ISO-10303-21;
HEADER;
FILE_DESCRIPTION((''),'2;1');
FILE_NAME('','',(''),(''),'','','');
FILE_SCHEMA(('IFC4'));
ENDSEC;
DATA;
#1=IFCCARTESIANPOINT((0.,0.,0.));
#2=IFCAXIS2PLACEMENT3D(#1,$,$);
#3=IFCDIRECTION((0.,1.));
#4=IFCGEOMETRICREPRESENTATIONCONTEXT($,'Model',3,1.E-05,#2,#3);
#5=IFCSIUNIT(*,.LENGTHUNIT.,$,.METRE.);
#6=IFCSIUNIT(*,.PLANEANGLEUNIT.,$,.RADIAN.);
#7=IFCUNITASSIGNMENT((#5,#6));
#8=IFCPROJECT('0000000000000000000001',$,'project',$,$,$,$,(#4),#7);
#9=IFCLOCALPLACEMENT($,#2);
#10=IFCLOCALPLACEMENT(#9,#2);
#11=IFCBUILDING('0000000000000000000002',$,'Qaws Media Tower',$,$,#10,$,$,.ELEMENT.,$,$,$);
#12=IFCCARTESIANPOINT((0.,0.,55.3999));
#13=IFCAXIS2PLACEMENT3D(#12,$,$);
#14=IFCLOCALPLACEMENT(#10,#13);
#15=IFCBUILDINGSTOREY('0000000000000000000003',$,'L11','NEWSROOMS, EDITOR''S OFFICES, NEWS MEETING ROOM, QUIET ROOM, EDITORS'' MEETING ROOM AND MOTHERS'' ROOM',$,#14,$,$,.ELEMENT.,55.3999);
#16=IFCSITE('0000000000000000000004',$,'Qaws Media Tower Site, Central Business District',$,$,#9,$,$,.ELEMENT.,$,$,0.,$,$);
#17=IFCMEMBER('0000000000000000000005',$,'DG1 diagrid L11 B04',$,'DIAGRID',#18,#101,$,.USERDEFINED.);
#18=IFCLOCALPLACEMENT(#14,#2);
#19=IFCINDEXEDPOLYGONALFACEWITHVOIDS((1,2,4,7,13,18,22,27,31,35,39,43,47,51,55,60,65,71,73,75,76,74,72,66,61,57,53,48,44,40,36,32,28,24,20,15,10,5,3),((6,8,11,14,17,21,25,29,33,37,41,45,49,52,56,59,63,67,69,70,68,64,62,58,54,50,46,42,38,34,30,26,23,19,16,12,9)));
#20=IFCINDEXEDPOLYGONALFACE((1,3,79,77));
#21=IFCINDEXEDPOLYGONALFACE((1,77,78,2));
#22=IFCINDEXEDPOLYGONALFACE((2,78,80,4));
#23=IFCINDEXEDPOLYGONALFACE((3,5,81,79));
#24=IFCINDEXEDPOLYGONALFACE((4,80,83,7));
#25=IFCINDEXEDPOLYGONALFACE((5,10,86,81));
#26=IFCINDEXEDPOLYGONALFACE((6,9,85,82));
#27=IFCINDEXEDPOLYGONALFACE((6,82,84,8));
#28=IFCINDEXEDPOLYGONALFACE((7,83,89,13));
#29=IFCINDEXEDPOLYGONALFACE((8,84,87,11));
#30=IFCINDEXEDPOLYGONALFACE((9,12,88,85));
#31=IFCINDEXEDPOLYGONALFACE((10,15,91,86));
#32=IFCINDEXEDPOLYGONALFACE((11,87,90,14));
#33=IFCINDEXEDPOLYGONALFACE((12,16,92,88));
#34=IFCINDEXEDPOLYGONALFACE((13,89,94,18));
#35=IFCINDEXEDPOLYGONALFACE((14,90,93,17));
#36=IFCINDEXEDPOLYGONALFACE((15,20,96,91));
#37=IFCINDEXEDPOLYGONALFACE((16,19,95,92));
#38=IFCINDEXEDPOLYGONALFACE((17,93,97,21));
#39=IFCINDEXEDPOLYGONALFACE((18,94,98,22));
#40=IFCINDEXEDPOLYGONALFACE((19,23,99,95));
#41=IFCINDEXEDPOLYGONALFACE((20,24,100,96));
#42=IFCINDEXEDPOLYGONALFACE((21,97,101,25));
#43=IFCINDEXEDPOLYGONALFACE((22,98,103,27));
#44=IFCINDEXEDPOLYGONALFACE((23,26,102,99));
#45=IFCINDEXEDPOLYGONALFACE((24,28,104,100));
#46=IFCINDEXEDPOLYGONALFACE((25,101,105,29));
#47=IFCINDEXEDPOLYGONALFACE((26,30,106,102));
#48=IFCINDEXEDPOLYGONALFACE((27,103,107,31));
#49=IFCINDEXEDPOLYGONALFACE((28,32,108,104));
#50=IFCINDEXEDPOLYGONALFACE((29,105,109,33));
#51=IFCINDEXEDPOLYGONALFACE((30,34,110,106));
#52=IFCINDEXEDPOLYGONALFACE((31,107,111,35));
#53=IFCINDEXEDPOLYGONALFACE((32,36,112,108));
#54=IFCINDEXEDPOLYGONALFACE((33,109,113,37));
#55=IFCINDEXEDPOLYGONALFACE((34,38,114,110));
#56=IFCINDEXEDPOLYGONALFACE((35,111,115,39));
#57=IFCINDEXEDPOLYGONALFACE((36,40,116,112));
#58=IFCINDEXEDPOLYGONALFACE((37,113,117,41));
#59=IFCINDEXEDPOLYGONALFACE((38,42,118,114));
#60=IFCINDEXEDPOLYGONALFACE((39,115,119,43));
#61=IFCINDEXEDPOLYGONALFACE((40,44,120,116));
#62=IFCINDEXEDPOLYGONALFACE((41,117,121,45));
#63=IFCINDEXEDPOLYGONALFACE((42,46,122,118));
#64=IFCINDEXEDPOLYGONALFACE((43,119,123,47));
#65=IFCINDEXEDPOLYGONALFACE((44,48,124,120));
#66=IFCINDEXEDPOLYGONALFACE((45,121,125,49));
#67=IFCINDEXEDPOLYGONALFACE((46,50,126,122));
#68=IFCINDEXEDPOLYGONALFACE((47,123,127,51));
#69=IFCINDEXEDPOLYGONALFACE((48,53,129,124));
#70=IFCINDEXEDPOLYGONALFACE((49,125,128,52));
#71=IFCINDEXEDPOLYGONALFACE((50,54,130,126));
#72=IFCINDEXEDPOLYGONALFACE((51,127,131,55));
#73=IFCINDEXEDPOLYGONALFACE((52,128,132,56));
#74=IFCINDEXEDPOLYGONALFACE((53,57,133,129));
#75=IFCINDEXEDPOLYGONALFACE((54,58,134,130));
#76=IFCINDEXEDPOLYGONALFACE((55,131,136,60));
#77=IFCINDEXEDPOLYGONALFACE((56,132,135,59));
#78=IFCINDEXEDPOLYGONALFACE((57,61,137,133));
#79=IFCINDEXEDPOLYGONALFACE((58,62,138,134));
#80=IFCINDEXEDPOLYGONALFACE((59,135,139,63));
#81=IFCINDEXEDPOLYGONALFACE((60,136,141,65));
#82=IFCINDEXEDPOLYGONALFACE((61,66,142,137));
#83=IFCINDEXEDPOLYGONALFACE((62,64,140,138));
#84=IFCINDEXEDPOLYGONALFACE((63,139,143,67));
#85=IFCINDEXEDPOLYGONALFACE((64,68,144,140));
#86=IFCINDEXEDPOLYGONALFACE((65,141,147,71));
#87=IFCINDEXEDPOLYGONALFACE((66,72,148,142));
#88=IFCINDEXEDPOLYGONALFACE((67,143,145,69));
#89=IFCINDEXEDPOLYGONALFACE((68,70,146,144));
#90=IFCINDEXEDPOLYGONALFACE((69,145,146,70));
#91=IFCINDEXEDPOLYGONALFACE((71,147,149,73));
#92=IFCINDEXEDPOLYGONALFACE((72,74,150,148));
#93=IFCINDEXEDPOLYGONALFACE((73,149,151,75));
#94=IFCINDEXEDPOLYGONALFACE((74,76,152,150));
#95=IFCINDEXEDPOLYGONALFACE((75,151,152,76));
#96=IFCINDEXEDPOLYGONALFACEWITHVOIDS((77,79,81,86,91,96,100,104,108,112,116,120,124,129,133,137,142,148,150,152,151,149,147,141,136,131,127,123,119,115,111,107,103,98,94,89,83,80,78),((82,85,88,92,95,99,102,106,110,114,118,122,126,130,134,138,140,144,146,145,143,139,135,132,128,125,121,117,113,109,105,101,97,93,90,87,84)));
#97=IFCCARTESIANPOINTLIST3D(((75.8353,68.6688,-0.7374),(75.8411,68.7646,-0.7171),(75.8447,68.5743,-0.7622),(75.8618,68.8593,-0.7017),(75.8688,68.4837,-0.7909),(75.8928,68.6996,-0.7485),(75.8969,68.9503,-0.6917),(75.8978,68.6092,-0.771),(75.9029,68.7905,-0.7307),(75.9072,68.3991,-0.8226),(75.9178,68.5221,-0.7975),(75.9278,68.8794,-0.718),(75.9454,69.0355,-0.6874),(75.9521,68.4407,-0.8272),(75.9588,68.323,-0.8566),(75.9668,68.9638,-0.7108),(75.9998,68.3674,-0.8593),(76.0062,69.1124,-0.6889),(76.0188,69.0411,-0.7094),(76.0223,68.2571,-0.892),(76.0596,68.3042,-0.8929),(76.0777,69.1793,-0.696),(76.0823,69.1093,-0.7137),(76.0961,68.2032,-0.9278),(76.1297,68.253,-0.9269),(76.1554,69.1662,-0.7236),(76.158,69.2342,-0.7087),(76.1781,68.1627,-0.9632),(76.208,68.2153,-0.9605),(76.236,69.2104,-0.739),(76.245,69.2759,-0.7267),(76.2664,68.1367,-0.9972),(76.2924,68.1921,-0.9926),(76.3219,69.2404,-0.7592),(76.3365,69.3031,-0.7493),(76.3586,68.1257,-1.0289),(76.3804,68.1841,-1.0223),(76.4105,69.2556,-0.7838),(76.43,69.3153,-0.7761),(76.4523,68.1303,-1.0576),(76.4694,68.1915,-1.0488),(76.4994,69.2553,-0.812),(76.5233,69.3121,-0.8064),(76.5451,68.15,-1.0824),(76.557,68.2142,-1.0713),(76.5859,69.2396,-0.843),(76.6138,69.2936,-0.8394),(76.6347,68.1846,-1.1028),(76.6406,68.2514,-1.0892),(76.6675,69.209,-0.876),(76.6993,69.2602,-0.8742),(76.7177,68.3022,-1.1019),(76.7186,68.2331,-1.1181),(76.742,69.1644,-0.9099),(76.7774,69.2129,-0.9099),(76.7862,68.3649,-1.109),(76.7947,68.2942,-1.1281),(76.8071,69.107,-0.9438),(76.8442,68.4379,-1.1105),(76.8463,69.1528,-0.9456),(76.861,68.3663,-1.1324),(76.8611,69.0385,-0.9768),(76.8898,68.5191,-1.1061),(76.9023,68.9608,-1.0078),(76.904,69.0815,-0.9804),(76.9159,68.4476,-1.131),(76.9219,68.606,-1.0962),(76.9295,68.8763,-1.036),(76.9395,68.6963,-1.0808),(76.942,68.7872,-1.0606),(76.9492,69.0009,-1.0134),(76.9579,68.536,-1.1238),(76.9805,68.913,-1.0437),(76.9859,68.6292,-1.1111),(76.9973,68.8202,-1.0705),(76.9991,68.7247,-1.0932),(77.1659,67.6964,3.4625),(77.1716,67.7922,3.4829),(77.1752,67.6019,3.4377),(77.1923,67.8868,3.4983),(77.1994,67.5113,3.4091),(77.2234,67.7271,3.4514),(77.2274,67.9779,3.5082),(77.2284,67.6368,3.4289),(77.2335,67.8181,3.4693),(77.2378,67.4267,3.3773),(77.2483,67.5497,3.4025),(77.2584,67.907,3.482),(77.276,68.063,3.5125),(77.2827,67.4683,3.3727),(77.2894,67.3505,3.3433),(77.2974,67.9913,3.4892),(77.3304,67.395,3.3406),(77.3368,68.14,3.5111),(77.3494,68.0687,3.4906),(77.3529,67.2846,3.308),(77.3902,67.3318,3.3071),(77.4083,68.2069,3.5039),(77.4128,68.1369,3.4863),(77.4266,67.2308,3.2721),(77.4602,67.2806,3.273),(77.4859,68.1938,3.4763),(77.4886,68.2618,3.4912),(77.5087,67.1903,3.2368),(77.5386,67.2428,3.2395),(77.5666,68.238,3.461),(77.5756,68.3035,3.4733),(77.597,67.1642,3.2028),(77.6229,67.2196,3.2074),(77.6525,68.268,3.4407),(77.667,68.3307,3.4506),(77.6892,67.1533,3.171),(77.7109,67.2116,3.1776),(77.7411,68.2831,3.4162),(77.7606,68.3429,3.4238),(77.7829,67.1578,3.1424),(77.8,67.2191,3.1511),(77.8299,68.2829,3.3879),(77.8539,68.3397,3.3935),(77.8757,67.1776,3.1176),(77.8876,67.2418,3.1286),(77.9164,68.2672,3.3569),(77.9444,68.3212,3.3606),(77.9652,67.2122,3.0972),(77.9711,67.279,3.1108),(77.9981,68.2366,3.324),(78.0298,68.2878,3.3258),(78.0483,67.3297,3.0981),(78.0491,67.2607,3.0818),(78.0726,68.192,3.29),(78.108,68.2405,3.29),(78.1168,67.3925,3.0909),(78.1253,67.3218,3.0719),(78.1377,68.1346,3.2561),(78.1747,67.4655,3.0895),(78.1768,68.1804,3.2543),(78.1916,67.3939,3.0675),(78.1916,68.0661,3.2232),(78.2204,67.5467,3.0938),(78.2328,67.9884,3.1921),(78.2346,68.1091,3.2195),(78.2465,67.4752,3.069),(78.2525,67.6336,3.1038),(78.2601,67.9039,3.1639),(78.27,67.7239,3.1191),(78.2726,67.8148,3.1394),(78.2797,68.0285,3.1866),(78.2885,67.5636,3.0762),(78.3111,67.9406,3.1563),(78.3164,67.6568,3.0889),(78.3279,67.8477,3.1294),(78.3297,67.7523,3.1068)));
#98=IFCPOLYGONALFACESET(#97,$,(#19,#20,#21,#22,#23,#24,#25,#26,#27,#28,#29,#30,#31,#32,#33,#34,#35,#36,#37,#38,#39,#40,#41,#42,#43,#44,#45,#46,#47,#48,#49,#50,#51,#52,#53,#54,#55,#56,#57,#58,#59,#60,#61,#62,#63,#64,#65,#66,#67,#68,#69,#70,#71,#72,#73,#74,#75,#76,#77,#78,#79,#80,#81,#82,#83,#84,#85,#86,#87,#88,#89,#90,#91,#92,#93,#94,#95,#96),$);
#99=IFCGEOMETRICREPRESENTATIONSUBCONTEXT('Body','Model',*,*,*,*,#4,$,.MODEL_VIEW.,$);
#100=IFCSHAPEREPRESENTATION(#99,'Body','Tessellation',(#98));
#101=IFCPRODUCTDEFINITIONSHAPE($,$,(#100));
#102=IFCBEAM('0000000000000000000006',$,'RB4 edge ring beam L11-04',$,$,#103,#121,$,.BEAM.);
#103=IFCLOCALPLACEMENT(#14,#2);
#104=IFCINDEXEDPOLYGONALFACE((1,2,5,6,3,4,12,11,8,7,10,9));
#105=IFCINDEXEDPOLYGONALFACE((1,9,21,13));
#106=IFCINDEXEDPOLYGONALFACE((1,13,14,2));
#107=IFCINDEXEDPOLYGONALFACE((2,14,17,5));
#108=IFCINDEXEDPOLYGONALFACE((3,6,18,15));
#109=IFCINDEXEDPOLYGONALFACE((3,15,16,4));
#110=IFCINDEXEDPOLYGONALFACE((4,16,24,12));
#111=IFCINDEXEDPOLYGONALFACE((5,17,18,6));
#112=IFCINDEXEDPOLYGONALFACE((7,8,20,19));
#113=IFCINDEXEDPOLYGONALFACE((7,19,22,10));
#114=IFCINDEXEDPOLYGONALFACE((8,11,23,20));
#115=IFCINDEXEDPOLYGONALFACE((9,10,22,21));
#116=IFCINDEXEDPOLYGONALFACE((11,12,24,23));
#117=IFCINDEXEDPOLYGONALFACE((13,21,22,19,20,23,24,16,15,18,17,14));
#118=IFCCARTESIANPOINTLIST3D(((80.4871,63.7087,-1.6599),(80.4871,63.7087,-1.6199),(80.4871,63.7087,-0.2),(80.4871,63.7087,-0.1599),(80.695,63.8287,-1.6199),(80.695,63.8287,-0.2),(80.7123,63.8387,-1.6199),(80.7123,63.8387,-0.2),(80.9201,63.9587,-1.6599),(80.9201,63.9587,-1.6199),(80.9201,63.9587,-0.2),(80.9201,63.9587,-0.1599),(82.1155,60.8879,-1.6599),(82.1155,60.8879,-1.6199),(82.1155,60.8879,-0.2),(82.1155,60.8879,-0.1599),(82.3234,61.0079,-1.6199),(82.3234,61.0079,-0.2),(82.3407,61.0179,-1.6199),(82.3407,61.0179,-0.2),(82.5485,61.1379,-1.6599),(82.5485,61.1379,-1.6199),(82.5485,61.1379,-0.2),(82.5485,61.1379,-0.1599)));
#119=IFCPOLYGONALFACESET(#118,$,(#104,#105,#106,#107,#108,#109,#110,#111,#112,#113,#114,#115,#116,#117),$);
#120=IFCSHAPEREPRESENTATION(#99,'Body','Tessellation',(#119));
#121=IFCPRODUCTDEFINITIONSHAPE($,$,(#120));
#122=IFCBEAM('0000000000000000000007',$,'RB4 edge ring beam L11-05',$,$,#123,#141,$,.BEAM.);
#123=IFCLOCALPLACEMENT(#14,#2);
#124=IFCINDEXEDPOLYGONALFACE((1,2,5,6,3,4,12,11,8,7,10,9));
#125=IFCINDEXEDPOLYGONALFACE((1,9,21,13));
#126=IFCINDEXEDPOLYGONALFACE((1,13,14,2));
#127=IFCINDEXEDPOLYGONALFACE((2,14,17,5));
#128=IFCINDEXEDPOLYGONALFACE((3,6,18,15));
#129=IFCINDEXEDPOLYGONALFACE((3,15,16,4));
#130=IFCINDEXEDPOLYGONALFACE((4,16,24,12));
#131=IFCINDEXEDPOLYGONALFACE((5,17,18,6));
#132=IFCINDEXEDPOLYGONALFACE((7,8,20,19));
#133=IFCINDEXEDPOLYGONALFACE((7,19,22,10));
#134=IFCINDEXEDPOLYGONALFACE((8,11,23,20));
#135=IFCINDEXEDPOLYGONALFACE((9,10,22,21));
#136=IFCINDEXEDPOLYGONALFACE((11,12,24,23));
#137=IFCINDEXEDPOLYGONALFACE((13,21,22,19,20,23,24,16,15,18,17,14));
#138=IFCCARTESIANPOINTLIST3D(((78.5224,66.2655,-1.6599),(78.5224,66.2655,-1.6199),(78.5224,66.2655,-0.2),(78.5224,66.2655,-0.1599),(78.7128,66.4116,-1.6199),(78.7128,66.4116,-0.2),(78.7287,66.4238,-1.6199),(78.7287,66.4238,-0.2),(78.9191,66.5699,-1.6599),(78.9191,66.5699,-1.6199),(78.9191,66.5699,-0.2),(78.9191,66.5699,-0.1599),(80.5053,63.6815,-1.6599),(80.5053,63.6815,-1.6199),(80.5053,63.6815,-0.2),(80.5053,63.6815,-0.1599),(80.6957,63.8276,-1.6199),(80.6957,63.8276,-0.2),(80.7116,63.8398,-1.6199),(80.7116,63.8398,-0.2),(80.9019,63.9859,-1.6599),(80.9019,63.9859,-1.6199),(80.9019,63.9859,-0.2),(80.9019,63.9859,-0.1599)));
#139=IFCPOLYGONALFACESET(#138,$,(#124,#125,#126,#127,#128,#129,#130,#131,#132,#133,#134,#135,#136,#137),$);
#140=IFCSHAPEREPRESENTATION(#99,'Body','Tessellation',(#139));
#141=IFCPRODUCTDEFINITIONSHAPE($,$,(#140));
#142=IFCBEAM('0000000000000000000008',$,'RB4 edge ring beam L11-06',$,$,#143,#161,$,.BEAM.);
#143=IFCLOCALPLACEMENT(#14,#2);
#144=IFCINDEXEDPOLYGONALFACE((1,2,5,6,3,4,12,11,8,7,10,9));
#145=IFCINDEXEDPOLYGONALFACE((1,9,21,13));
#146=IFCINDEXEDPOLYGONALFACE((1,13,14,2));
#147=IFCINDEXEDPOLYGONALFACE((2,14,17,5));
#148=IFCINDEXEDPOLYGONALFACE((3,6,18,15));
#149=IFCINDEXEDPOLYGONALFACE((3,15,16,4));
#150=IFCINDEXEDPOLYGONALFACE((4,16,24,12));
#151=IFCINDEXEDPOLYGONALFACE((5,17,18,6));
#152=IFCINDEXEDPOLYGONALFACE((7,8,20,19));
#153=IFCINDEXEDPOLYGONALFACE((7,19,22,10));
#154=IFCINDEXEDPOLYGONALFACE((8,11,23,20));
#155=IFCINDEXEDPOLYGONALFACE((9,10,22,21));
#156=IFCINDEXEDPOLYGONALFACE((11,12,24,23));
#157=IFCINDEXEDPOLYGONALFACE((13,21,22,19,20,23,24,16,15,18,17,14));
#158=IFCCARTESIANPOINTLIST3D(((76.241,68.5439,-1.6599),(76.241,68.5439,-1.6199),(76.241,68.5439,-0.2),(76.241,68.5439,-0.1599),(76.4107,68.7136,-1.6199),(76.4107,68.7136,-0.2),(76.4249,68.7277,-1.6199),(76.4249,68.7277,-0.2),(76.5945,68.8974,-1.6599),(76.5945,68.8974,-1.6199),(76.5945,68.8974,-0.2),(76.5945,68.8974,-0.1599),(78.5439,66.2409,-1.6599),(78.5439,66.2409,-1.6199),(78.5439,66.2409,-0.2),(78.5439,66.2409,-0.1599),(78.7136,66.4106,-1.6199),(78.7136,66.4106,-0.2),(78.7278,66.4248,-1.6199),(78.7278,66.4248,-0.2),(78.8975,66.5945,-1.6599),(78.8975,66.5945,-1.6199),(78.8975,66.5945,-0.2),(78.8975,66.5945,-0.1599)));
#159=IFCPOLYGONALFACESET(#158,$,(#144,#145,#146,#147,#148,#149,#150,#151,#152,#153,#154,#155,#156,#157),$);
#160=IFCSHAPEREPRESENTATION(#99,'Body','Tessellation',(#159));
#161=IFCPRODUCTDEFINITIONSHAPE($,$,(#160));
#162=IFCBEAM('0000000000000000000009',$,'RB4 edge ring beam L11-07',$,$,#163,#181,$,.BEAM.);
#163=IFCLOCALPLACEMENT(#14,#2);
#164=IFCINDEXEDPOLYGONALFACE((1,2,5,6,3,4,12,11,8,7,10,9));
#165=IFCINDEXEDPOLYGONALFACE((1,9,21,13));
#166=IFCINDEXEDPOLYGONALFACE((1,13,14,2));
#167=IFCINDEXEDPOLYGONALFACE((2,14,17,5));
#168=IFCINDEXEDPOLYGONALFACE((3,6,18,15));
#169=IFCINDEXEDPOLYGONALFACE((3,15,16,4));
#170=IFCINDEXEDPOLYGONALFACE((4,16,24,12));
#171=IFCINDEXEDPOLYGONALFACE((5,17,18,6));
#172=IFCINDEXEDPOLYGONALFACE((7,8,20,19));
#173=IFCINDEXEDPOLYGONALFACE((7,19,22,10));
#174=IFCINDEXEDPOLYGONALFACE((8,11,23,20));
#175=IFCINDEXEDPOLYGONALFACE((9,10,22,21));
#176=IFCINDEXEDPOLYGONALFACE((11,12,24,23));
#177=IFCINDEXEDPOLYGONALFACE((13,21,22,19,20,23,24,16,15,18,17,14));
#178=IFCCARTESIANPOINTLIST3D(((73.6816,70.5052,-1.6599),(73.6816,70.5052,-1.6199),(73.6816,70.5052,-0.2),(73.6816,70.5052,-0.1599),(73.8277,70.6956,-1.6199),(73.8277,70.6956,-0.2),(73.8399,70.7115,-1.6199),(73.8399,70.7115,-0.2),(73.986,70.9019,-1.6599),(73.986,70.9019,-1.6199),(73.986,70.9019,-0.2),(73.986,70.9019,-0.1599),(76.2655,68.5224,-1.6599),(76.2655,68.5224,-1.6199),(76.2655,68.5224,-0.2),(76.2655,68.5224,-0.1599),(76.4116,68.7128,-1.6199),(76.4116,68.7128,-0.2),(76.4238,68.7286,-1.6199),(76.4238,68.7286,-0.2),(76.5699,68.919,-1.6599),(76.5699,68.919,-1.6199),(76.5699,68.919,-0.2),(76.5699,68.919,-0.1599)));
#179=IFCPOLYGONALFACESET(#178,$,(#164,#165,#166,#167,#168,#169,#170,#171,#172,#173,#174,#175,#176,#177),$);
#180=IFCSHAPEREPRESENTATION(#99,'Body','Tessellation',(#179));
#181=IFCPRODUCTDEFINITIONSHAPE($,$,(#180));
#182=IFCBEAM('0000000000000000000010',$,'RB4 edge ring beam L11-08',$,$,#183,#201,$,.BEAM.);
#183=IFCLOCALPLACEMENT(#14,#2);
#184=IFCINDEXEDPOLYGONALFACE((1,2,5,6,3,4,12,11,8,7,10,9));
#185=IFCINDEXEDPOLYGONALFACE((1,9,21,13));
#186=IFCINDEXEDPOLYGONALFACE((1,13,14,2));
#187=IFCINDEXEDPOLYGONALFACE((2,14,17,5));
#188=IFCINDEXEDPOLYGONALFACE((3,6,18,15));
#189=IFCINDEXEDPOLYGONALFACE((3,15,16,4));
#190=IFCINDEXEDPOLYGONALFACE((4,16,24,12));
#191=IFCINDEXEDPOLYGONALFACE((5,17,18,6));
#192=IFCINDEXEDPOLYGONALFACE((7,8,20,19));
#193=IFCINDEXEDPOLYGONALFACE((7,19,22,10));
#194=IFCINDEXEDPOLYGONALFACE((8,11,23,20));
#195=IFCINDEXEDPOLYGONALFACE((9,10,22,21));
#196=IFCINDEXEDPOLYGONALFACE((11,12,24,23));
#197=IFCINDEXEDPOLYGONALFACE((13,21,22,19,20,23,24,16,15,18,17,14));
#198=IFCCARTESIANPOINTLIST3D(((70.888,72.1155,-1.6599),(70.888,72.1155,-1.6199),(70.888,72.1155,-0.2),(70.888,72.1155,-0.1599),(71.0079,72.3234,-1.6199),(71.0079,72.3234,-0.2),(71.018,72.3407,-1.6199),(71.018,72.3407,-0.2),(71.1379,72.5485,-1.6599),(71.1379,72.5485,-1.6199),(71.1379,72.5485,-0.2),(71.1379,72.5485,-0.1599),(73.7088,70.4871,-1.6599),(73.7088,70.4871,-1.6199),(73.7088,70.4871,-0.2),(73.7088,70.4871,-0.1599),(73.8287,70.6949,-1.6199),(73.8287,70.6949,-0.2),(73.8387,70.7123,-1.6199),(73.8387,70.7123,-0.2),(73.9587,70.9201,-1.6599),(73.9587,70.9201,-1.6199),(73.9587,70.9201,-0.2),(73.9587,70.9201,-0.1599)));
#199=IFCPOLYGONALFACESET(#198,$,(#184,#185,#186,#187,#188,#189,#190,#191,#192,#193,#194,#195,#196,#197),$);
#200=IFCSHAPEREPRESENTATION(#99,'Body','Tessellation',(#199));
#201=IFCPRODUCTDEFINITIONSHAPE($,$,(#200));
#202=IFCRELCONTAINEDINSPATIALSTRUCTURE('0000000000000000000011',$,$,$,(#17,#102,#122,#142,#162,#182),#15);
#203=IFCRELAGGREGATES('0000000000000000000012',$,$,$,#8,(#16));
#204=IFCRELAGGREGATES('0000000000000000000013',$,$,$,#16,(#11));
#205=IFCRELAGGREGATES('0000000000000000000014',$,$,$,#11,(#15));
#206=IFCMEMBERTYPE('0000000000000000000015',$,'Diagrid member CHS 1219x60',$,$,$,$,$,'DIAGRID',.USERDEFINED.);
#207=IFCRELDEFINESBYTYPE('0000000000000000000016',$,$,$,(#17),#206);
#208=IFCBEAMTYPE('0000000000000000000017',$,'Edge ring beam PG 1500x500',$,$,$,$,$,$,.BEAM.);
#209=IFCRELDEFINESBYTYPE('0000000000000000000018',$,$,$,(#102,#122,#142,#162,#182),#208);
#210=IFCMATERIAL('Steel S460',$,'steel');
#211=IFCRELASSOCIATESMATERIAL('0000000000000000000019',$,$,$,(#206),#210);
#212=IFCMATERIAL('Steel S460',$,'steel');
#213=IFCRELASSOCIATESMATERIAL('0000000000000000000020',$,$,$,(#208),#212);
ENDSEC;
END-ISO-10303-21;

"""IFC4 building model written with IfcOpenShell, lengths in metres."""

from ifc_helpers import new_model, si_unit, direction, frame, origin, origin_2d, place, context, subcontext, project, spatial, hollow_circle, i_section, extrude, material, material_profile, profile_set, type_object, element, save


model = new_model("IFC4")

# Units and contexts
model_context = context("Model", 3, precision=1e-05, world=origin(), true_north=direction((0.0, 1.0)))
body_context = subcontext(model_context, "Body", "Model", "MODEL_VIEW")
ifc_project = project(units=[si_unit("LENGTHUNIT", "METRE"), si_unit("PLANEANGLEUNIT", "RADIAN")], contexts=[model_context])

# Site, building, storey
site_placement = place(None, origin())
site = spatial("IfcSite", under=ifc_project, at=site_placement, Name="Qaws Media Tower Site, Central Business District", CompositionType="ELEMENT", RefElevation=0.0)
building_placement = place(site_placement, origin())
building = spatial("IfcBuilding", under=site, at=building_placement, Name="Qaws Media Tower", CompositionType="ELEMENT")
storey_placement = place(building_placement, frame((0.0, 0.0, 55.3999)))
storey = spatial("IfcBuildingStorey", under=building, at=storey_placement, Name="L11", Description="NEWSROOMS, EDITOR'S OFFICES, NEWS MEETING ROOM, QUIET ROOM, EDITORS' MEETING ROOM AND MOTHERS' ROOM", CompositionType="ELEMENT", Elevation=55.3999)

# Member
ifc_material_1 = material(Name="Steel S460", Category="steel")
ifc_material_profile_1 = material_profile(ifc_material_1, hollow_circle(Radius=0.6096, WallThickness=0.0601, at=origin_2d()), Name="CHS 1219x60")
ifc_profile_set_1 = profile_set([ifc_material_profile_1], Name="Steel S460")
member_type_1 = type_object("IfcMemberType", Name="Diagrid member CHS 1219x60", ElementType="DIAGRID", PredefinedType="USERDEFINED", material=ifc_profile_set_1)
for number, where, z_axis, x_axis, name in (
    (1, (76.4177, 68.7207, -0.9099), (0.294914, -0.21553, 0.930899), (0.590046, 0.807369, 0.0), "DG1 diagrid L11 B04"),
):
    element("IfcMember", number, at=place(storey_placement, frame(where, z_axis=z_axis, x_axis=x_axis)), inside=storey, type_object=member_type_1, Name=name, ObjectType="DIAGRID", PredefinedType="USERDEFINED", context=body_context, shape_type="SweptSolid", body=[
        extrude(hollow_circle(Radius=0.6096, WallThickness=0.0601, at=origin_2d()), origin(), (0.0, 0.0, 1.0), 4.5117),
    ])

# Beams
ifc_material_2 = material(Name="Steel S460", Category="steel")
ifc_material_profile_2 = material_profile(ifc_material_2, i_section(OverallWidth=0.5, OverallDepth=1.5, WebThickness=0.02, FlangeThickness=0.04, at=origin_2d()), Name="PG 1500x500")
ifc_profile_set_2 = profile_set([ifc_material_profile_2], Name="Steel S460")
beam_type = type_object("IfcBeamType", Name="Edge ring beam PG 1500x500", PredefinedType="BEAM", material=ifc_profile_set_2)
for number, where, z_axis, x_axis, name in (
    (2, (82.332, 61.0129, -0.9099), (-0.49996, 0.866048, 0.0), (-0.866048, -0.49996, 0.0), "RB4 edge ring beam L11-04"),
    (3, (80.7036, 63.8337, -0.9099), (-0.60879, 0.793331, 0.0), (-0.793331, -0.60879, 0.0), "RB4 edge ring beam L11-05"),
):
    element("IfcBeam", number, at=place(storey_placement, frame(where, z_axis=z_axis, x_axis=x_axis)), inside=storey, type_object=beam_type, Name=name, PredefinedType="BEAM", context=body_context, shape_type="SweptSolid", body=[
        extrude(i_section(OverallWidth=0.5, OverallDepth=1.5, WebThickness=0.02, FlangeThickness=0.04, at=origin_2d()), origin(), (0.0, 0.0, 1.0), 3.2571),
    ])
beam_placement = place(storey_placement, frame((78.7207, 66.4177, -0.9099), z_axis=(-0.707107, 0.707107, 0.0), x_axis=(-0.707107, -0.707107, 0.0)))
element("IfcBeam", 4, at=beam_placement, inside=storey, type_object=beam_type, Name="RB4 edge ring beam L11-06", PredefinedType="BEAM", context=body_context, shape_type="SweptSolid", body=[
    extrude(i_section(OverallWidth=0.5, OverallDepth=1.5, WebThickness=0.02, FlangeThickness=0.04, at=origin_2d()), origin(), (0.0, 0.0, 1.0), 3.2568),
])
for number, where, z_axis, x_axis, name in (
    (5, (76.4177, 68.7207, -0.9099), (-0.793331, 0.60879, 0.0), (-0.60879, -0.793331, 0.0), "RB4 edge ring beam L11-07"),
    (6, (73.8337, 70.7036, -0.9099), (-0.866048, 0.49996, 0.0), (-0.49996, -0.866048, 0.0), "RB4 edge ring beam L11-08"),
):
    element("IfcBeam", number, at=place(storey_placement, frame(where, z_axis=z_axis, x_axis=x_axis)), inside=storey, type_object=beam_type, Name=name, PredefinedType="BEAM", context=body_context, shape_type="SweptSolid", body=[
        extrude(i_section(OverallWidth=0.5, OverallDepth=1.5, WebThickness=0.02, FlangeThickness=0.04, at=origin_2d()), origin(), (0.0, 0.0, 1.0), 3.2571),
    ])

save(model, "model.ifc")
